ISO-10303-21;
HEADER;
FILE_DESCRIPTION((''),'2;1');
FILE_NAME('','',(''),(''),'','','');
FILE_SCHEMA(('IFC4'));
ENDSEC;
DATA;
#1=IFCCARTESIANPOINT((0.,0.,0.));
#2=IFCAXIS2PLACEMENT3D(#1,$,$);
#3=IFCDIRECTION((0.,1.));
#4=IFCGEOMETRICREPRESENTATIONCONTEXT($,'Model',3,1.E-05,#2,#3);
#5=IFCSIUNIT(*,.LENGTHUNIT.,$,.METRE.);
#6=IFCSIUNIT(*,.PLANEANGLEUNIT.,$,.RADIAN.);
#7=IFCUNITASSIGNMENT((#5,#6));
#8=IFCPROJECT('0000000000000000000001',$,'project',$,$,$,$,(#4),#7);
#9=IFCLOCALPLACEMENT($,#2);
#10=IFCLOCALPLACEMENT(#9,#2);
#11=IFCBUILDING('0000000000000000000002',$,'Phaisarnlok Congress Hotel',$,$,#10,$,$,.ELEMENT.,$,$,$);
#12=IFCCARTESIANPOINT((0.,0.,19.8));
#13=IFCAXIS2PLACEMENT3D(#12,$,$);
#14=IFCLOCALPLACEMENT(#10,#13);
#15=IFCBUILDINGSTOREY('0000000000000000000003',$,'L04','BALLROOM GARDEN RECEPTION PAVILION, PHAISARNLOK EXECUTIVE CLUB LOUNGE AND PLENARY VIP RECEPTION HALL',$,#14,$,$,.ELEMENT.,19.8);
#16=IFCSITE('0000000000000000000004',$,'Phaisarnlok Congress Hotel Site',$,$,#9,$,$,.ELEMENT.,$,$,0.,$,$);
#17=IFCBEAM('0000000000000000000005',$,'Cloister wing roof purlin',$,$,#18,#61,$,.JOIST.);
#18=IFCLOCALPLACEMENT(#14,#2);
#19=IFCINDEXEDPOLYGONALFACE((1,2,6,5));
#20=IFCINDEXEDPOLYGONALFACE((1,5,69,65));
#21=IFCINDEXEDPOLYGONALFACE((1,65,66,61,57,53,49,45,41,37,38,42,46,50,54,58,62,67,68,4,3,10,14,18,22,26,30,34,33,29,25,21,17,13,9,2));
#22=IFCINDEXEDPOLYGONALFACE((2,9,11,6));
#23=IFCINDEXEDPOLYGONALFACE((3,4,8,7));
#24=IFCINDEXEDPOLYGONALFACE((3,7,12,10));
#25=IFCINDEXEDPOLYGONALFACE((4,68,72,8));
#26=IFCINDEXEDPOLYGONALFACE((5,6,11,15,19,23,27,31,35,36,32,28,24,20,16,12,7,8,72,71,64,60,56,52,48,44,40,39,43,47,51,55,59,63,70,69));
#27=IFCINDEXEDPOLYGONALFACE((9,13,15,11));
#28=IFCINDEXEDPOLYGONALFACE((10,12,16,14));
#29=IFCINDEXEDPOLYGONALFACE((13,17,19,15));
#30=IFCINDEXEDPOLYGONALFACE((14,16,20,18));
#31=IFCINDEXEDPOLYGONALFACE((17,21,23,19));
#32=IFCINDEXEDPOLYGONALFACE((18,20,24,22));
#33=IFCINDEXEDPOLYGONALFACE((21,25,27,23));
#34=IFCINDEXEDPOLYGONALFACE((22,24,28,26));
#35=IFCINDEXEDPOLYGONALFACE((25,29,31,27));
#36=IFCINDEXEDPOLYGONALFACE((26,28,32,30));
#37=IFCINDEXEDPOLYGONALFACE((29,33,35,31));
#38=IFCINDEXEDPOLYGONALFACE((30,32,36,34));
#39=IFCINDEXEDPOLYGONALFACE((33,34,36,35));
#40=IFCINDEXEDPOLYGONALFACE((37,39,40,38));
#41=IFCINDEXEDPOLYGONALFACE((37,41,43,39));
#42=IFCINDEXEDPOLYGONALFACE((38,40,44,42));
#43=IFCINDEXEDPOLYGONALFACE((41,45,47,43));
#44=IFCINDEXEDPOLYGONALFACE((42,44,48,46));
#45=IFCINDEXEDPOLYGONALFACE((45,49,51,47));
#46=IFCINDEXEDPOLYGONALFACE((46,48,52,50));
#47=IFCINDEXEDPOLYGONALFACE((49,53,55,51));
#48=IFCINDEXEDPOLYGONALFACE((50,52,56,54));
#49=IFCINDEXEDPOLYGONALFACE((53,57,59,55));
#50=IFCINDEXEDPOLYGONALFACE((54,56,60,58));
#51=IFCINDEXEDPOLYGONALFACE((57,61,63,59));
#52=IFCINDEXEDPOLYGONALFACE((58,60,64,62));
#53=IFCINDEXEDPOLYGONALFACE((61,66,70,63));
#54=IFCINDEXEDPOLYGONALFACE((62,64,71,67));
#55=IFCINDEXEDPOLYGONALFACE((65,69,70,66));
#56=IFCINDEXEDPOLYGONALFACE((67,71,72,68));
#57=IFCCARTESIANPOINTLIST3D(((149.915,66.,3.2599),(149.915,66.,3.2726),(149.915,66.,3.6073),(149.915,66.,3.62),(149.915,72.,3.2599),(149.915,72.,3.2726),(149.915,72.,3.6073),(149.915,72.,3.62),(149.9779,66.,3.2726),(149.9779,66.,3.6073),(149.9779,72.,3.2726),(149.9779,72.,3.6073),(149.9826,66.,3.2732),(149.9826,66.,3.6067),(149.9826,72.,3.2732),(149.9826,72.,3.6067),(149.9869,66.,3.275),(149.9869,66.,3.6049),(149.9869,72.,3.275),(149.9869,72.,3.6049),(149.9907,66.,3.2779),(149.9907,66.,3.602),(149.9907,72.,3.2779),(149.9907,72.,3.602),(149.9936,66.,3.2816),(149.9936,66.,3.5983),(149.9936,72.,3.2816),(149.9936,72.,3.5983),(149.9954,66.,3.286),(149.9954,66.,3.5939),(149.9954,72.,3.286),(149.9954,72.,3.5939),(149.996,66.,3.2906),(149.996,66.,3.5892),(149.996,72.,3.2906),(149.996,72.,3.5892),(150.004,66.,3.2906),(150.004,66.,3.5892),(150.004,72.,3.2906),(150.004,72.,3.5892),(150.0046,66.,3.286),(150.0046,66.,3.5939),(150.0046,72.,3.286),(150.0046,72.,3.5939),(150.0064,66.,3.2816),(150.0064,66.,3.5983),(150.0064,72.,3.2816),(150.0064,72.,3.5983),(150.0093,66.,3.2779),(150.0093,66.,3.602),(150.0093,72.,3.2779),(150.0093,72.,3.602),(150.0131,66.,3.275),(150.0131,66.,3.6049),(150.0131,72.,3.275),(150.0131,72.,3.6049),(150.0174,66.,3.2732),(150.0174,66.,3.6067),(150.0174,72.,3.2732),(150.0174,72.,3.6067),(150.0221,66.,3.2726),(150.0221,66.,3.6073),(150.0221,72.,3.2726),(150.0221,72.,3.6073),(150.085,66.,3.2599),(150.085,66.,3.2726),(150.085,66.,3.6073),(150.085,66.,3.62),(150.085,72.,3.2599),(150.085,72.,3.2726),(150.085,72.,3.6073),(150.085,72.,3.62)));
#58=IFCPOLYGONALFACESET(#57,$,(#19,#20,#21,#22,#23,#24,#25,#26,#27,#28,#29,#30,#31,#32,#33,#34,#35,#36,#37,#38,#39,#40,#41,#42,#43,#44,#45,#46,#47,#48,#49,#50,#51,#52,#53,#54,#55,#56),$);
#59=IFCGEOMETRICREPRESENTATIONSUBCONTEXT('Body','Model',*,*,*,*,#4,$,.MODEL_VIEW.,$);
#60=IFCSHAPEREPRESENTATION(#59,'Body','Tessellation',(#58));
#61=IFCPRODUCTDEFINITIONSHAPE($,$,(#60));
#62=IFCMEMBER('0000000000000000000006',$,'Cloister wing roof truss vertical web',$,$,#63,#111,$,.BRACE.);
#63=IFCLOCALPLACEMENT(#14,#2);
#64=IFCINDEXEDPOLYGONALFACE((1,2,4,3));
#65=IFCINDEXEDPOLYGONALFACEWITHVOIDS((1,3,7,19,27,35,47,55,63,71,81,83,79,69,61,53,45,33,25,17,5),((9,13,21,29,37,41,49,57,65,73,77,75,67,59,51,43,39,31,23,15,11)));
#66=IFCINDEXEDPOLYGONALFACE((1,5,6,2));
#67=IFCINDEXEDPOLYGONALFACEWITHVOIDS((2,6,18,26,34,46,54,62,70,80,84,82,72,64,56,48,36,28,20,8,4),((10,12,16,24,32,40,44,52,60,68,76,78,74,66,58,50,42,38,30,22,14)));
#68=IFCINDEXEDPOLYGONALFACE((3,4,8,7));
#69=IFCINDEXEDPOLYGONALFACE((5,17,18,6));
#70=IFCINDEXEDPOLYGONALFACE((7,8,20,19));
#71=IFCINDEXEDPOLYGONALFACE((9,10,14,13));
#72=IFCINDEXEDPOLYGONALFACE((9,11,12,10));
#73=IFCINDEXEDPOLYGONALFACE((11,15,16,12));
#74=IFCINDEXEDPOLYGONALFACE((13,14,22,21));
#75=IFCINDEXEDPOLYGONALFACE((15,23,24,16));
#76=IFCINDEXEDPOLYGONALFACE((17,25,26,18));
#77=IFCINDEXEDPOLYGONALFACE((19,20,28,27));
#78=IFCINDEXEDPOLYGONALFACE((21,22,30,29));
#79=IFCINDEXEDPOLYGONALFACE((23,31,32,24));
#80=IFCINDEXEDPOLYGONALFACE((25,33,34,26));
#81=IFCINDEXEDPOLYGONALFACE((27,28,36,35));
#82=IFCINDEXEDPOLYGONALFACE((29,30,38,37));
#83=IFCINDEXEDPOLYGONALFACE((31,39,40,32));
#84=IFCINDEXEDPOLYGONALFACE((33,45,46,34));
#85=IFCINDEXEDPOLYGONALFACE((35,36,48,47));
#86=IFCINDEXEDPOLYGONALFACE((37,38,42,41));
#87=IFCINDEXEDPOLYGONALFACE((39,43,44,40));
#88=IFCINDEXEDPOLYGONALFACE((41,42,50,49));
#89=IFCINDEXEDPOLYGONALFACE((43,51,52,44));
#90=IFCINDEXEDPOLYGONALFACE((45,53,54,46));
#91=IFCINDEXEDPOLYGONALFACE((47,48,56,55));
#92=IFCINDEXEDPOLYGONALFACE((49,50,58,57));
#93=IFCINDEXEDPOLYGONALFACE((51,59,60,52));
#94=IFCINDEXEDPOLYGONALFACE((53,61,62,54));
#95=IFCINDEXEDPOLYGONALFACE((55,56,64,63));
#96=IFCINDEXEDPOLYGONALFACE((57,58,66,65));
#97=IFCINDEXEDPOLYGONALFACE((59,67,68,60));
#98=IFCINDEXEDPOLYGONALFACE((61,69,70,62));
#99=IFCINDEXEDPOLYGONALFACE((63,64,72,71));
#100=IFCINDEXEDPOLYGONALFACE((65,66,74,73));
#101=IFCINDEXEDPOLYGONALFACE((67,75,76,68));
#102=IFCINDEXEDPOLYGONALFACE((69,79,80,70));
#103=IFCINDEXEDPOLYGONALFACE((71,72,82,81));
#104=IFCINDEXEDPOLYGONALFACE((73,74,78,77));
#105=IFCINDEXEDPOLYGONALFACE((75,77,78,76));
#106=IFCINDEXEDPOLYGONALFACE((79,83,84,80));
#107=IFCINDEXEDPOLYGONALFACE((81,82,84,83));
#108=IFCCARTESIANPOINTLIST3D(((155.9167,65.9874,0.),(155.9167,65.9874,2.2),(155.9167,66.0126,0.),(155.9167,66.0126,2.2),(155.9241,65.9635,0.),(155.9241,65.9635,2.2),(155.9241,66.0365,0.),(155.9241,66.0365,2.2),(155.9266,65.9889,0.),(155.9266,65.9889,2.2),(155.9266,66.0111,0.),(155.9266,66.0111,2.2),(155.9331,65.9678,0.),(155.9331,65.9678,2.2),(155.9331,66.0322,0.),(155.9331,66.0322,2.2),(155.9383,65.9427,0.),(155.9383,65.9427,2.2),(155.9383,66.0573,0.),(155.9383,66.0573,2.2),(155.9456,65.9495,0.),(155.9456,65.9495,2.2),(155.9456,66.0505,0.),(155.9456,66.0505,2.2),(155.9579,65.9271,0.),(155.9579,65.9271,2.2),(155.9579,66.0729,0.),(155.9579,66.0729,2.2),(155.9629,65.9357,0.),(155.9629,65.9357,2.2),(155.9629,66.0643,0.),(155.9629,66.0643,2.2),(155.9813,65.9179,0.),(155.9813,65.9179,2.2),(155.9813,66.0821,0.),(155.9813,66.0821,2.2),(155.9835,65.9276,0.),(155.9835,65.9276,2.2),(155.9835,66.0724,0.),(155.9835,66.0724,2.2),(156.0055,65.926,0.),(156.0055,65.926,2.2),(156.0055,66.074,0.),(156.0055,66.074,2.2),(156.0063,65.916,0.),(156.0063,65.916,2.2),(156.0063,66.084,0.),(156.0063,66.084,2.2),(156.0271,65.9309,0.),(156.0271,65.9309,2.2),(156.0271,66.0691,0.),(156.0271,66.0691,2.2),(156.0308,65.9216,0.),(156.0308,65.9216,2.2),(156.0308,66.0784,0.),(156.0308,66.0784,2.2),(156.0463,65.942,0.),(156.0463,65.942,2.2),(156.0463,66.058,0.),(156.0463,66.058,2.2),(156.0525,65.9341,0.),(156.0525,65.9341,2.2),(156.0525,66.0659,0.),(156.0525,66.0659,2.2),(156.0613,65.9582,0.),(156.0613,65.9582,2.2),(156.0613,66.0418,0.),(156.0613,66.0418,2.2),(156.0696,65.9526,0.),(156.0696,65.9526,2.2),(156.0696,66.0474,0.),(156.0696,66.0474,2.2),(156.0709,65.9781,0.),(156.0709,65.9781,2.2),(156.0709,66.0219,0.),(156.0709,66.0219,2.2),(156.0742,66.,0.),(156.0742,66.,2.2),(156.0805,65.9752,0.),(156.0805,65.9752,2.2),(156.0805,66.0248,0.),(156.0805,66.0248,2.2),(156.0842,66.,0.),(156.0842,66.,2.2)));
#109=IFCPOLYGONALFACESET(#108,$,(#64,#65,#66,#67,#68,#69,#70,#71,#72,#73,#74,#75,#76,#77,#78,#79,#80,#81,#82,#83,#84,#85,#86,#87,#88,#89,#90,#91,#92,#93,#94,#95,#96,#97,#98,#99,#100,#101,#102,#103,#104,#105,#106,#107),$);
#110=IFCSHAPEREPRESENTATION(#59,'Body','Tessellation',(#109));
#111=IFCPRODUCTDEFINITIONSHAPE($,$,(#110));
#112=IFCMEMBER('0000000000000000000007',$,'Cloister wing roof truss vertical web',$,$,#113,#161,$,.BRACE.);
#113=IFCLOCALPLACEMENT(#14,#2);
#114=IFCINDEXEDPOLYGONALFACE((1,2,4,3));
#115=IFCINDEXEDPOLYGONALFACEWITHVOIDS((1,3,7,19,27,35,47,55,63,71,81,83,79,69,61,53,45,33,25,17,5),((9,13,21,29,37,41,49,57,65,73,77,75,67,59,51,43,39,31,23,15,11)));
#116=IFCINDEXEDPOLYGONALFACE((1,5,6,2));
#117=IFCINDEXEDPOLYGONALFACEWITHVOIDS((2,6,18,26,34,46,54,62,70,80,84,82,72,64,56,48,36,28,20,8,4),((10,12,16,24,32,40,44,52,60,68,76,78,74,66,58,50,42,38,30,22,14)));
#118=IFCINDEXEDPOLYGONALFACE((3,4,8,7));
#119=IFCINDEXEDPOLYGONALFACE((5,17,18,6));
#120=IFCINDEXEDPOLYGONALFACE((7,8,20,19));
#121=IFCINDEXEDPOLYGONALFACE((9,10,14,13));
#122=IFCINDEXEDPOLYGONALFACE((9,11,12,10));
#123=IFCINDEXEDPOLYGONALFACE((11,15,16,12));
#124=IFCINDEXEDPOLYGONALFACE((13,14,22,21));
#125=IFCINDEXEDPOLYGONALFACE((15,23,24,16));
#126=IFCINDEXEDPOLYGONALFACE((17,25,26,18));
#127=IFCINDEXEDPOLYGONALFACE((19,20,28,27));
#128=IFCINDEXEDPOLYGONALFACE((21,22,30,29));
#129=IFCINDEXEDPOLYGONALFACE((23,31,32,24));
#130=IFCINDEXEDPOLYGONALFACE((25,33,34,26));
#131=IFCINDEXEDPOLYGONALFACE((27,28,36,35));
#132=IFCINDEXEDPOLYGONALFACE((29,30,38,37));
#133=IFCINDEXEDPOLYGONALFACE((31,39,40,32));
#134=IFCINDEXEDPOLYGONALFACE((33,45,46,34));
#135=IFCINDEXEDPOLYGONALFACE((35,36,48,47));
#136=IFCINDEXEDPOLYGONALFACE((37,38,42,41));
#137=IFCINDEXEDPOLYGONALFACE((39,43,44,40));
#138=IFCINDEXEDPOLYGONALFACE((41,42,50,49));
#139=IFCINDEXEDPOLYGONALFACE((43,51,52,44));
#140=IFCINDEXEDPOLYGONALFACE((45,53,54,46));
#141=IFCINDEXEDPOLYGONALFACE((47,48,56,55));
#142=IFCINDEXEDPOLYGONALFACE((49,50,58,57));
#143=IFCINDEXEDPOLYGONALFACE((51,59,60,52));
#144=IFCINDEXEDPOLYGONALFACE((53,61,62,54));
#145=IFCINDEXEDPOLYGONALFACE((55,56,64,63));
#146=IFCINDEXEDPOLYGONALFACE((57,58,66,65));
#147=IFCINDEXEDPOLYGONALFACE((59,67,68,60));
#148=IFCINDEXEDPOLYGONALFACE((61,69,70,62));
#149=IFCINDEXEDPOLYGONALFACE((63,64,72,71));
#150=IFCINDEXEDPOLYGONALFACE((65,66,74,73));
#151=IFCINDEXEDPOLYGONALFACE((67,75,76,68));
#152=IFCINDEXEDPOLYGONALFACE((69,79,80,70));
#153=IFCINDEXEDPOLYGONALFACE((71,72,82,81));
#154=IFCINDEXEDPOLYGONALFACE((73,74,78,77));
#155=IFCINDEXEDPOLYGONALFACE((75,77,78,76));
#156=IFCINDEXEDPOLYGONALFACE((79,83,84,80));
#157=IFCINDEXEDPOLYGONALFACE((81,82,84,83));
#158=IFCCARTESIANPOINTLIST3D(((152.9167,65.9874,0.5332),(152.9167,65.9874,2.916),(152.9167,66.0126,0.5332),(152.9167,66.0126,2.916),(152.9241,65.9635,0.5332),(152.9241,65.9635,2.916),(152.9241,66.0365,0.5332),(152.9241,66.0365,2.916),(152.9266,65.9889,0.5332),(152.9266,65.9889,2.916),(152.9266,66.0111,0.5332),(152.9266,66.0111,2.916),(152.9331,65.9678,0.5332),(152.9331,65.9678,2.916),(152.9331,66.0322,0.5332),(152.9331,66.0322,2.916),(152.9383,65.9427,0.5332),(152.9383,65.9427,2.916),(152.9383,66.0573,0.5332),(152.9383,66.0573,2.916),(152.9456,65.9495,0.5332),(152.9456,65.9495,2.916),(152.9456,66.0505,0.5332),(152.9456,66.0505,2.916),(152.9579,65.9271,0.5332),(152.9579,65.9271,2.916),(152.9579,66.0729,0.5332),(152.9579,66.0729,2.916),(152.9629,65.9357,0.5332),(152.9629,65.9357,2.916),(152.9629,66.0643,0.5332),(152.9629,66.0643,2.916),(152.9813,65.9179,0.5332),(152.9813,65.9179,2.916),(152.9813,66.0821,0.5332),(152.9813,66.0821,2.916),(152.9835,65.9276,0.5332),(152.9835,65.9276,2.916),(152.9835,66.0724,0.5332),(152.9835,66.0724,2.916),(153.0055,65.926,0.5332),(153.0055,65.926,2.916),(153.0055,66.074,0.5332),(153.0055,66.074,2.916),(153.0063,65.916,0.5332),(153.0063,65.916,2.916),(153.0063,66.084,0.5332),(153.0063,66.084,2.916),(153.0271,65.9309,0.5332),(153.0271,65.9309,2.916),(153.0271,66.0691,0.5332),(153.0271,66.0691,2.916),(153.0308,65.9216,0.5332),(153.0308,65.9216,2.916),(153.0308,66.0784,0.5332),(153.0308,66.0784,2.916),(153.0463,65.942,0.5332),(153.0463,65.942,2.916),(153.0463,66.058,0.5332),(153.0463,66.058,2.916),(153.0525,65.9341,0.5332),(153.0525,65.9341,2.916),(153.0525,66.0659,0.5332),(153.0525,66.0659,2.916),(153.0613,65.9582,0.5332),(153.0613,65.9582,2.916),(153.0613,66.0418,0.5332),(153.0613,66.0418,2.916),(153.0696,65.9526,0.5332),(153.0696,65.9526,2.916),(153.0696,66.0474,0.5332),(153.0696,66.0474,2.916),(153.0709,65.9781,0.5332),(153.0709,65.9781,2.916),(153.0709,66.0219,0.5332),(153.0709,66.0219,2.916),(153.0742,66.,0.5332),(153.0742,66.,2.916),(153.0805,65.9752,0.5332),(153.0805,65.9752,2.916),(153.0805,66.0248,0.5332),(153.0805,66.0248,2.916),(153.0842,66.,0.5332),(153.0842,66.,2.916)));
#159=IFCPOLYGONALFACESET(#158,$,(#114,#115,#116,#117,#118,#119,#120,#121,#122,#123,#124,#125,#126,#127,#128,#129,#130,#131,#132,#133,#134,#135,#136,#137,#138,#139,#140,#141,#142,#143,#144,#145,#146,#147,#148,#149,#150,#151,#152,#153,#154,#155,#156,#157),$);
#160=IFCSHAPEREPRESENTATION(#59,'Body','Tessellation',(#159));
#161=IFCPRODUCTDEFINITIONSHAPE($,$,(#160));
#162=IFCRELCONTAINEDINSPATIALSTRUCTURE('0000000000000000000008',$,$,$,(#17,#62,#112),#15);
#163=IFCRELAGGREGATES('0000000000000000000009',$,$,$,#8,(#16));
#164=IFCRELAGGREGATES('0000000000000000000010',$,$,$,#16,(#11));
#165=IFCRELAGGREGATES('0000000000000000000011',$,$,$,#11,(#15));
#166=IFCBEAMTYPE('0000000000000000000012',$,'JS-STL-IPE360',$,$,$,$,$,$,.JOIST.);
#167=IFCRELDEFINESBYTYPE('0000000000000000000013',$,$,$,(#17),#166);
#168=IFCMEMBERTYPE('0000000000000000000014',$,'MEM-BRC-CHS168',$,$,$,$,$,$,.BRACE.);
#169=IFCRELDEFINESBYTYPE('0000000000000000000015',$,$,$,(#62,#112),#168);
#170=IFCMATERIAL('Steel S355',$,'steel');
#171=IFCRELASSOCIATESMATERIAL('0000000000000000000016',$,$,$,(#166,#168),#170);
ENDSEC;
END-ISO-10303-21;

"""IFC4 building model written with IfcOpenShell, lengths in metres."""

from ifc_helpers import new_model, si_unit, direction, frame, origin, origin_2d, place, context, subcontext, project, spatial, hollow_circle, i_section, extrude, material, material_profile, profile_set, type_object, element, save


model = new_model("IFC4")

# Units and contexts
model_context = context("Model", 3, precision=1e-05, world=origin(), true_north=direction((0.0, 1.0)))
body_context = subcontext(model_context, "Body", "Model", "MODEL_VIEW")
ifc_project = project(units=[si_unit("LENGTHUNIT", "METRE"), si_unit("PLANEANGLEUNIT", "RADIAN")], contexts=[model_context])

# Site, building, storey
site_placement = place(None, origin())
site = spatial("IfcSite", under=ifc_project, at=site_placement, Name="Phaisarnlok Congress Hotel Site", CompositionType="ELEMENT", RefElevation=0.0)
building_placement = place(site_placement, origin())
building = spatial("IfcBuilding", under=site, at=building_placement, Name="Phaisarnlok Congress Hotel", CompositionType="ELEMENT")
storey_placement = place(building_placement, frame((0.0, 0.0, 19.8)))
storey = spatial("IfcBuildingStorey", under=building, at=storey_placement, Name="L04", Description="BALLROOM GARDEN RECEPTION PAVILION, PHAISARNLOK EXECUTIVE CLUB LOUNGE AND PLENARY VIP RECEPTION HALL", CompositionType="ELEMENT", Elevation=19.8)

# Beam
ifc_material_1 = material(Name="Steel S355", Category="steel")
ifc_material_profile_1 = material_profile(ifc_material_1, i_section(OverallWidth=0.1699, OverallDepth=0.3601, WebThickness=0.0081, FlangeThickness=0.0127, FilletRadius=0.0181, at=origin_2d()), Name="IPE 360")
ifc_profile_set_1 = profile_set([ifc_material_profile_1], Name="Steel S355")
beam_type_1 = type_object("IfcBeamType", Name="JS-STL-IPE360", PredefinedType="JOIST", material=ifc_profile_set_1)
for number, where, z_axis, x_axis, name in (
    (1, (150.0, 66.0, 3.4399), (0.0, 1.0, 0.0), (-1.0, 0.0, 0.0), "Cloister wing roof purlin"),
):
    element("IfcBeam", number, at=place(storey_placement, frame(where, z_axis=z_axis, x_axis=x_axis)), inside=storey, type_object=beam_type_1, Name=name, PredefinedType="JOIST", context=body_context, shape_type="SweptSolid", body=[
        extrude(i_section(OverallWidth=0.1699, OverallDepth=0.3601, WebThickness=0.0081, FlangeThickness=0.0127, FilletRadius=0.0181, at=origin_2d()), origin(), (0.0, 0.0, 1.0), 6.0),
    ])

# Members
ifc_material_profile_2 = material_profile(ifc_material_1, hollow_circle(Radius=0.0842, WallThickness=0.01, at=origin_2d()), Name="CHS 168.3x10")
ifc_profile_set_2 = profile_set([ifc_material_profile_2], Name="Steel S355")
member_type_1 = type_object("IfcMemberType", Name="MEM-BRC-CHS168", PredefinedType="BRACE", material=ifc_profile_set_2)
member_1_placement = place(storey_placement, frame((156.0, 66.0, 0.0), z_axis=(0.0, 0.0, 1.0), x_axis=(1.0, 0.0, 0.0)))
element("IfcMember", 2, at=member_1_placement, inside=storey, type_object=member_type_1, Name="Cloister wing roof truss vertical web", PredefinedType="BRACE", context=body_context, shape_type="SweptSolid", body=[
    extrude(hollow_circle(Radius=0.0842, WallThickness=0.01, at=origin_2d()), origin(), (0.0, 0.0, 1.0), 2.2),
])
member_2_placement = place(storey_placement, frame((153.0, 66.0, 0.5332), z_axis=(0.0, 0.0, 1.0), x_axis=(1.0, 0.0, 0.0)))
element("IfcMember", 3, at=member_2_placement, inside=storey, type_object=member_type_1, Name="Cloister wing roof truss vertical web", PredefinedType="BRACE", context=body_context, shape_type="SweptSolid", body=[
    extrude(hollow_circle(Radius=0.0842, WallThickness=0.01, at=origin_2d()), origin(), (0.0, 0.0, 1.0), 2.3828),
])

save(model, "model.ifc")
